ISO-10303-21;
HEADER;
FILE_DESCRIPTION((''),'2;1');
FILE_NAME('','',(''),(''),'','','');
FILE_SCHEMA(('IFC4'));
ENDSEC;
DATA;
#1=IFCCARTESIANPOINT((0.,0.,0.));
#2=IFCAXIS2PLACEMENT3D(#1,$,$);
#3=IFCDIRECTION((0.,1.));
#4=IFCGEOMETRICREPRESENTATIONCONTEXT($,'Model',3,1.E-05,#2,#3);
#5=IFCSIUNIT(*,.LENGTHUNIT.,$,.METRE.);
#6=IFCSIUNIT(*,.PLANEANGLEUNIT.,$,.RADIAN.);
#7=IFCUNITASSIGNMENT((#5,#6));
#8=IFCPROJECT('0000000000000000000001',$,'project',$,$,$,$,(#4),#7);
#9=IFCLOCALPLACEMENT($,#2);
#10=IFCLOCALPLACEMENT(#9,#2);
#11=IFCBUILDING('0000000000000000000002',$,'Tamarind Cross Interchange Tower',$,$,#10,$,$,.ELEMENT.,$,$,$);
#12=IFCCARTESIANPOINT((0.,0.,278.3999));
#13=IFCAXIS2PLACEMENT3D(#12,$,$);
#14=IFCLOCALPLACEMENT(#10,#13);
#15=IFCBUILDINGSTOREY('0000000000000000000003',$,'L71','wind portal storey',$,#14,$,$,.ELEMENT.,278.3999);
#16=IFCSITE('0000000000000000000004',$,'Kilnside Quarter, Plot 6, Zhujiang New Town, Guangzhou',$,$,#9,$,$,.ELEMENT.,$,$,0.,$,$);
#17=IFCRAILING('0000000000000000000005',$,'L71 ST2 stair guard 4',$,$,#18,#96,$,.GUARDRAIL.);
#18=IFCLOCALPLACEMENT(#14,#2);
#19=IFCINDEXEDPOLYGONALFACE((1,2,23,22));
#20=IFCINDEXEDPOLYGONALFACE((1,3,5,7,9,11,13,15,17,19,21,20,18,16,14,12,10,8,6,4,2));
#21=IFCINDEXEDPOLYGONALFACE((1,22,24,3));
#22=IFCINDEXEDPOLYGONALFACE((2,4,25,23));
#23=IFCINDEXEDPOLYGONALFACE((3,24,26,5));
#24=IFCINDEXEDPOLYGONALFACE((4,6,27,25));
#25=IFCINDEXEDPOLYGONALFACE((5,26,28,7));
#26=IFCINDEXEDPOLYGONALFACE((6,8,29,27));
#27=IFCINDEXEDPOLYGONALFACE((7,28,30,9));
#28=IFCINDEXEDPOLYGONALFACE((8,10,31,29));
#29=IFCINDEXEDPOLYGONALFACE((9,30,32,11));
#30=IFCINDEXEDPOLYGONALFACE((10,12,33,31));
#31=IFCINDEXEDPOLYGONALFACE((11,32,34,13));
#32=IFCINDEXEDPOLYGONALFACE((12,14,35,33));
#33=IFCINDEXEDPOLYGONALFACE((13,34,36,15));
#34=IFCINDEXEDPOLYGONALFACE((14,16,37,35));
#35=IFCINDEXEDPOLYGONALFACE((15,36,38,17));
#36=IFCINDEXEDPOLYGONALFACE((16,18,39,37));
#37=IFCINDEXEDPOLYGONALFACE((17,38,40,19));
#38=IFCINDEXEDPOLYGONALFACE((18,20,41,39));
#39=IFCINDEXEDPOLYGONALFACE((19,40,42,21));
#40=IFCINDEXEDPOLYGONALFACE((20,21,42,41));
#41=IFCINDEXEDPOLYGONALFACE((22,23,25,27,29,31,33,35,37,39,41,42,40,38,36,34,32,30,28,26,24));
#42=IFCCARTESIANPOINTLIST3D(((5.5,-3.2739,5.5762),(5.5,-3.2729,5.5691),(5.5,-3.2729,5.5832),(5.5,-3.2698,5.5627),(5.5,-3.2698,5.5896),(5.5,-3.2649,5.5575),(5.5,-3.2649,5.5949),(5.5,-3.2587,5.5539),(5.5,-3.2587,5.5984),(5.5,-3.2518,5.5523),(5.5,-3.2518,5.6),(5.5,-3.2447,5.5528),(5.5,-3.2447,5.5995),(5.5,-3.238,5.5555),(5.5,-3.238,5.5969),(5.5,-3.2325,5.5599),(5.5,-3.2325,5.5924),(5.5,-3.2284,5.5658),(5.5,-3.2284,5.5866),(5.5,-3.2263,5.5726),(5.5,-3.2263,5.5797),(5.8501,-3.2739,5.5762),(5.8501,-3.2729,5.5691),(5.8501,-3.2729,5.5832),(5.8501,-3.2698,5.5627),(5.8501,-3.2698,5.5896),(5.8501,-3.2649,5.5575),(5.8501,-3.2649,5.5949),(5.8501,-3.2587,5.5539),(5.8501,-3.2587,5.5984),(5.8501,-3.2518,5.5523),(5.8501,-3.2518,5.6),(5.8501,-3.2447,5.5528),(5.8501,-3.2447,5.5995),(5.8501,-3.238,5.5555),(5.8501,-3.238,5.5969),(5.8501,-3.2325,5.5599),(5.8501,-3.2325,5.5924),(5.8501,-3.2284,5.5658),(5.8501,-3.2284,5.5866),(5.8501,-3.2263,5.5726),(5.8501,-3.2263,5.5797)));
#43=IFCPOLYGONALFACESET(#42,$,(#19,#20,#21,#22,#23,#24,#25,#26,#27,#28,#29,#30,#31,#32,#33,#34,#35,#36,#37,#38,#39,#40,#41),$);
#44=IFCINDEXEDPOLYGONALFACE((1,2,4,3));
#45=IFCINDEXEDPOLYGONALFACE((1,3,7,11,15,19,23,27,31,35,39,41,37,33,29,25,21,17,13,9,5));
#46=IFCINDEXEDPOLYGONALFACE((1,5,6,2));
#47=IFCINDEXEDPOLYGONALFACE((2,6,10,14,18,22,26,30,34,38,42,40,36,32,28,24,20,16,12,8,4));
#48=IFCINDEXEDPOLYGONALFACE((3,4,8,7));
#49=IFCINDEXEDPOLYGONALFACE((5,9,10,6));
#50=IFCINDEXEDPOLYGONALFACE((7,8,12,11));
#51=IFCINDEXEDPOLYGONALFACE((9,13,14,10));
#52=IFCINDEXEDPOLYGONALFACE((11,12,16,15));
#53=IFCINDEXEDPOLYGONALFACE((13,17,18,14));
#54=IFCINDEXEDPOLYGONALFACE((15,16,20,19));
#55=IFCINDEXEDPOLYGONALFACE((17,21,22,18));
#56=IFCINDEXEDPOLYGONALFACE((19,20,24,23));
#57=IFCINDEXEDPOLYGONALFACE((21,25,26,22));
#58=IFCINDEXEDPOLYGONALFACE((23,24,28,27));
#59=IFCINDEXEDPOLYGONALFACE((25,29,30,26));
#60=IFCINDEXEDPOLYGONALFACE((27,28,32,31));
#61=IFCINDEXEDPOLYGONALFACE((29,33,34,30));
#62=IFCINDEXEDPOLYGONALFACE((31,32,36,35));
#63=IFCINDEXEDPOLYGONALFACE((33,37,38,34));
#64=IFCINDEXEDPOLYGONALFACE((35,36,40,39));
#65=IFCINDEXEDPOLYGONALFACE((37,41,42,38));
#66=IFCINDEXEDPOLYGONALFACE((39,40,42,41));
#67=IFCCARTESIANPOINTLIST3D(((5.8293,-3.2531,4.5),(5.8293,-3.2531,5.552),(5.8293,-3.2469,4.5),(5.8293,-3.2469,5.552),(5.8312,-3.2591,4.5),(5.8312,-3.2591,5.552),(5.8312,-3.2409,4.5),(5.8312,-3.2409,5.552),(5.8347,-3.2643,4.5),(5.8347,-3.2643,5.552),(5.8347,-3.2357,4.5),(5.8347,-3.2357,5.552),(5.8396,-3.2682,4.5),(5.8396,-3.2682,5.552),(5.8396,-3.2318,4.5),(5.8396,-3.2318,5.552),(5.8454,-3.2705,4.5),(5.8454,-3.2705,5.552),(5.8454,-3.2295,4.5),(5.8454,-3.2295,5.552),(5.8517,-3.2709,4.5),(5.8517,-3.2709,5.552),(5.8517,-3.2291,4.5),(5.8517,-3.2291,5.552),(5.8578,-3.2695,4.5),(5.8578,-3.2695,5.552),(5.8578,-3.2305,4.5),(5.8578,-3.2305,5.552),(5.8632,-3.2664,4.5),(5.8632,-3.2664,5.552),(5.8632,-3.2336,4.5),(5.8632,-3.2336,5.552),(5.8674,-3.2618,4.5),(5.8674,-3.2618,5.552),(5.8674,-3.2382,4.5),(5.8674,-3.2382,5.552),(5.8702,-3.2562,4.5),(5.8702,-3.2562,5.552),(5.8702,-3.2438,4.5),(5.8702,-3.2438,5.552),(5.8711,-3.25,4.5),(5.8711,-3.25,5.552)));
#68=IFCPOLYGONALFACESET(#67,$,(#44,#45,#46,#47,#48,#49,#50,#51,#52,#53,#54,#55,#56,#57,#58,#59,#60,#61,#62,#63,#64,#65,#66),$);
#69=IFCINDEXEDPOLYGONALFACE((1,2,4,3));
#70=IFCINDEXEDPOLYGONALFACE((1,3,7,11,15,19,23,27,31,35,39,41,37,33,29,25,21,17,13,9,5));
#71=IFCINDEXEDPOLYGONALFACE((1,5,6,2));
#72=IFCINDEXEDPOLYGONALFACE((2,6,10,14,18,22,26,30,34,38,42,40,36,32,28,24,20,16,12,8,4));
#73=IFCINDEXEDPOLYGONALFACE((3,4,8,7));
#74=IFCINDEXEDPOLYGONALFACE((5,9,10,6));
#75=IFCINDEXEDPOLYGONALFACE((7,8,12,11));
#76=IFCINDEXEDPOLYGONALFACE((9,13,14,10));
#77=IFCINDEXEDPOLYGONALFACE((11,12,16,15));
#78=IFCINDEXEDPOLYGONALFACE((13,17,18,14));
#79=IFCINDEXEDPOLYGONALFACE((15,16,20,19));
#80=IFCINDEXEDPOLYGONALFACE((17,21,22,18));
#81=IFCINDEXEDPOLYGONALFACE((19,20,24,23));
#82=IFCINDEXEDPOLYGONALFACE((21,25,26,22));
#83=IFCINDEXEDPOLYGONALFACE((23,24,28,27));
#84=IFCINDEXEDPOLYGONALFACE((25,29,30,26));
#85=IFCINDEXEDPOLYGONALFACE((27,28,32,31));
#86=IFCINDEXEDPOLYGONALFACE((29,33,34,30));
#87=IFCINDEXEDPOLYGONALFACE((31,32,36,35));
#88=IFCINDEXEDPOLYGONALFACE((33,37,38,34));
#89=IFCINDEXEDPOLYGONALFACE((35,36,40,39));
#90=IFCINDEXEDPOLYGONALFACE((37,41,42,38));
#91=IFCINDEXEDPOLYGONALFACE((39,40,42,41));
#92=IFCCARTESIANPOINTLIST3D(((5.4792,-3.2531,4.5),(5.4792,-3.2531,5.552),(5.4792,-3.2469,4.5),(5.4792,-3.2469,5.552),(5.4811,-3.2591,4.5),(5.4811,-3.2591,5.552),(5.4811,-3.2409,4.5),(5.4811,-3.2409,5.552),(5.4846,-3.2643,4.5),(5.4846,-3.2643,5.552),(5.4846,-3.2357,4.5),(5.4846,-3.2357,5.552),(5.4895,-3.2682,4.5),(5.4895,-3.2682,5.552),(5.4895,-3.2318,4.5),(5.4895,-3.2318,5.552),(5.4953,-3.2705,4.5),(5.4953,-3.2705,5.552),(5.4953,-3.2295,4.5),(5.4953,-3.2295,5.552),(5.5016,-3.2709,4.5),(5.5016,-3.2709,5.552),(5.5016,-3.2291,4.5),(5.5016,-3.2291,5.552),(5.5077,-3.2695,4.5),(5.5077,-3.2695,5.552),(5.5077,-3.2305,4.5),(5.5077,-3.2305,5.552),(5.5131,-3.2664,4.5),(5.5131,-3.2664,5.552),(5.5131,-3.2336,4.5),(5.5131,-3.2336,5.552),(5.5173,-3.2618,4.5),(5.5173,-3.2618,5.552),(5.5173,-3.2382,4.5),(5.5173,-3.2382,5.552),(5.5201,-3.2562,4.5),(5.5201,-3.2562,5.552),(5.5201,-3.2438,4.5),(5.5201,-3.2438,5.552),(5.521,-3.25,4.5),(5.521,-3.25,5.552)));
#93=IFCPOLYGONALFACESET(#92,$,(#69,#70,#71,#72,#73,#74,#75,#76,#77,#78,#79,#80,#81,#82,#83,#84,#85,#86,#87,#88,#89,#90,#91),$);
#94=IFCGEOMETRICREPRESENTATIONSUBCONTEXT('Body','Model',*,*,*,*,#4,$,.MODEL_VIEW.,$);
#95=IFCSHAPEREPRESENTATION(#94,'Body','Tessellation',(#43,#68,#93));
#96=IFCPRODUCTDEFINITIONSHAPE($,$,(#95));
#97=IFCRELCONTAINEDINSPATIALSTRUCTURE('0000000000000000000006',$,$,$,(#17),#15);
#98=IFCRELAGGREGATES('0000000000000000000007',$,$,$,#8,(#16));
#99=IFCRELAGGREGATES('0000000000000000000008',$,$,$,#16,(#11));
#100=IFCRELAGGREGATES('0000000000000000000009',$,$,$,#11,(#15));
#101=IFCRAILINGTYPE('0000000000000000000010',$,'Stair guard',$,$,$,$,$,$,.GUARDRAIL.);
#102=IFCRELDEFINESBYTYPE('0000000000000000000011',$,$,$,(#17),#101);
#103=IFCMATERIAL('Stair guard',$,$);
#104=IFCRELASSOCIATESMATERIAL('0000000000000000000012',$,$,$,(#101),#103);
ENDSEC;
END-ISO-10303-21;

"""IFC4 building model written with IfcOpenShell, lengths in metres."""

from ifc_helpers import new_model, si_unit, direction, frame, origin, origin_2d, place, context, subcontext, project, spatial, circle, extrude, material, type_object, element, save


model = new_model("IFC4")

# Units and contexts
model_context = context("Model", 3, precision=1e-05, world=origin(), true_north=direction((0.0, 1.0)))
body_context = subcontext(model_context, "Body", "Model", "MODEL_VIEW")
ifc_project = project(units=[si_unit("LENGTHUNIT", "METRE"), si_unit("PLANEANGLEUNIT", "RADIAN")], contexts=[model_context])

# Site, building, storey
site_placement = place(None, origin())
site = spatial("IfcSite", under=ifc_project, at=site_placement, Name="Kilnside Quarter, Plot 6, Zhujiang New Town, Guangzhou", CompositionType="ELEMENT", RefElevation=0.0)
building_placement = place(site_placement, origin())
building = spatial("IfcBuilding", under=site, at=building_placement, Name="Tamarind Cross Interchange Tower", CompositionType="ELEMENT")
storey_placement = place(building_placement, frame((0.0, 0.0, 278.3999)))
storey = spatial("IfcBuildingStorey", under=building, at=storey_placement, Name="L71", Description="wind portal storey", CompositionType="ELEMENT", Elevation=278.3999)

# Railing
ifc_material_1 = material(Name="Stair guard")
railing_type_1 = type_object("IfcRailingType", Name="Stair guard", PredefinedType="GUARDRAIL", material=ifc_material_1)
railing_1_placement = place(storey_placement, frame((5.8501, -3.25, 4.5)))
element("IfcRailing", 1, at=railing_1_placement, inside=storey, type_object=railing_type_1, Name="L71 ST2 stair guard 4", PredefinedType="GUARDRAIL", context=body_context, shape_type="SweptSolid", body=[
    extrude(circle(Radius=0.0239, at=origin_2d()), frame((0.0, 0.0, 1.0762), z_axis=(-1.0, 0.0, 0.0), x_axis=(0.0, -1.0, 0.0)), (0.0, 0.0, 1.0), 0.3501),
    extrude(circle(Radius=0.021, at=origin_2d()), origin(), (0.0, 0.0, 1.0), 1.052),
    extrude(circle(Radius=0.021, at=origin_2d()), frame((-0.3501, 0.0, 0.0)), (0.0, 0.0, 1.0), 1.052),
])

save(model, "model.ifc")
